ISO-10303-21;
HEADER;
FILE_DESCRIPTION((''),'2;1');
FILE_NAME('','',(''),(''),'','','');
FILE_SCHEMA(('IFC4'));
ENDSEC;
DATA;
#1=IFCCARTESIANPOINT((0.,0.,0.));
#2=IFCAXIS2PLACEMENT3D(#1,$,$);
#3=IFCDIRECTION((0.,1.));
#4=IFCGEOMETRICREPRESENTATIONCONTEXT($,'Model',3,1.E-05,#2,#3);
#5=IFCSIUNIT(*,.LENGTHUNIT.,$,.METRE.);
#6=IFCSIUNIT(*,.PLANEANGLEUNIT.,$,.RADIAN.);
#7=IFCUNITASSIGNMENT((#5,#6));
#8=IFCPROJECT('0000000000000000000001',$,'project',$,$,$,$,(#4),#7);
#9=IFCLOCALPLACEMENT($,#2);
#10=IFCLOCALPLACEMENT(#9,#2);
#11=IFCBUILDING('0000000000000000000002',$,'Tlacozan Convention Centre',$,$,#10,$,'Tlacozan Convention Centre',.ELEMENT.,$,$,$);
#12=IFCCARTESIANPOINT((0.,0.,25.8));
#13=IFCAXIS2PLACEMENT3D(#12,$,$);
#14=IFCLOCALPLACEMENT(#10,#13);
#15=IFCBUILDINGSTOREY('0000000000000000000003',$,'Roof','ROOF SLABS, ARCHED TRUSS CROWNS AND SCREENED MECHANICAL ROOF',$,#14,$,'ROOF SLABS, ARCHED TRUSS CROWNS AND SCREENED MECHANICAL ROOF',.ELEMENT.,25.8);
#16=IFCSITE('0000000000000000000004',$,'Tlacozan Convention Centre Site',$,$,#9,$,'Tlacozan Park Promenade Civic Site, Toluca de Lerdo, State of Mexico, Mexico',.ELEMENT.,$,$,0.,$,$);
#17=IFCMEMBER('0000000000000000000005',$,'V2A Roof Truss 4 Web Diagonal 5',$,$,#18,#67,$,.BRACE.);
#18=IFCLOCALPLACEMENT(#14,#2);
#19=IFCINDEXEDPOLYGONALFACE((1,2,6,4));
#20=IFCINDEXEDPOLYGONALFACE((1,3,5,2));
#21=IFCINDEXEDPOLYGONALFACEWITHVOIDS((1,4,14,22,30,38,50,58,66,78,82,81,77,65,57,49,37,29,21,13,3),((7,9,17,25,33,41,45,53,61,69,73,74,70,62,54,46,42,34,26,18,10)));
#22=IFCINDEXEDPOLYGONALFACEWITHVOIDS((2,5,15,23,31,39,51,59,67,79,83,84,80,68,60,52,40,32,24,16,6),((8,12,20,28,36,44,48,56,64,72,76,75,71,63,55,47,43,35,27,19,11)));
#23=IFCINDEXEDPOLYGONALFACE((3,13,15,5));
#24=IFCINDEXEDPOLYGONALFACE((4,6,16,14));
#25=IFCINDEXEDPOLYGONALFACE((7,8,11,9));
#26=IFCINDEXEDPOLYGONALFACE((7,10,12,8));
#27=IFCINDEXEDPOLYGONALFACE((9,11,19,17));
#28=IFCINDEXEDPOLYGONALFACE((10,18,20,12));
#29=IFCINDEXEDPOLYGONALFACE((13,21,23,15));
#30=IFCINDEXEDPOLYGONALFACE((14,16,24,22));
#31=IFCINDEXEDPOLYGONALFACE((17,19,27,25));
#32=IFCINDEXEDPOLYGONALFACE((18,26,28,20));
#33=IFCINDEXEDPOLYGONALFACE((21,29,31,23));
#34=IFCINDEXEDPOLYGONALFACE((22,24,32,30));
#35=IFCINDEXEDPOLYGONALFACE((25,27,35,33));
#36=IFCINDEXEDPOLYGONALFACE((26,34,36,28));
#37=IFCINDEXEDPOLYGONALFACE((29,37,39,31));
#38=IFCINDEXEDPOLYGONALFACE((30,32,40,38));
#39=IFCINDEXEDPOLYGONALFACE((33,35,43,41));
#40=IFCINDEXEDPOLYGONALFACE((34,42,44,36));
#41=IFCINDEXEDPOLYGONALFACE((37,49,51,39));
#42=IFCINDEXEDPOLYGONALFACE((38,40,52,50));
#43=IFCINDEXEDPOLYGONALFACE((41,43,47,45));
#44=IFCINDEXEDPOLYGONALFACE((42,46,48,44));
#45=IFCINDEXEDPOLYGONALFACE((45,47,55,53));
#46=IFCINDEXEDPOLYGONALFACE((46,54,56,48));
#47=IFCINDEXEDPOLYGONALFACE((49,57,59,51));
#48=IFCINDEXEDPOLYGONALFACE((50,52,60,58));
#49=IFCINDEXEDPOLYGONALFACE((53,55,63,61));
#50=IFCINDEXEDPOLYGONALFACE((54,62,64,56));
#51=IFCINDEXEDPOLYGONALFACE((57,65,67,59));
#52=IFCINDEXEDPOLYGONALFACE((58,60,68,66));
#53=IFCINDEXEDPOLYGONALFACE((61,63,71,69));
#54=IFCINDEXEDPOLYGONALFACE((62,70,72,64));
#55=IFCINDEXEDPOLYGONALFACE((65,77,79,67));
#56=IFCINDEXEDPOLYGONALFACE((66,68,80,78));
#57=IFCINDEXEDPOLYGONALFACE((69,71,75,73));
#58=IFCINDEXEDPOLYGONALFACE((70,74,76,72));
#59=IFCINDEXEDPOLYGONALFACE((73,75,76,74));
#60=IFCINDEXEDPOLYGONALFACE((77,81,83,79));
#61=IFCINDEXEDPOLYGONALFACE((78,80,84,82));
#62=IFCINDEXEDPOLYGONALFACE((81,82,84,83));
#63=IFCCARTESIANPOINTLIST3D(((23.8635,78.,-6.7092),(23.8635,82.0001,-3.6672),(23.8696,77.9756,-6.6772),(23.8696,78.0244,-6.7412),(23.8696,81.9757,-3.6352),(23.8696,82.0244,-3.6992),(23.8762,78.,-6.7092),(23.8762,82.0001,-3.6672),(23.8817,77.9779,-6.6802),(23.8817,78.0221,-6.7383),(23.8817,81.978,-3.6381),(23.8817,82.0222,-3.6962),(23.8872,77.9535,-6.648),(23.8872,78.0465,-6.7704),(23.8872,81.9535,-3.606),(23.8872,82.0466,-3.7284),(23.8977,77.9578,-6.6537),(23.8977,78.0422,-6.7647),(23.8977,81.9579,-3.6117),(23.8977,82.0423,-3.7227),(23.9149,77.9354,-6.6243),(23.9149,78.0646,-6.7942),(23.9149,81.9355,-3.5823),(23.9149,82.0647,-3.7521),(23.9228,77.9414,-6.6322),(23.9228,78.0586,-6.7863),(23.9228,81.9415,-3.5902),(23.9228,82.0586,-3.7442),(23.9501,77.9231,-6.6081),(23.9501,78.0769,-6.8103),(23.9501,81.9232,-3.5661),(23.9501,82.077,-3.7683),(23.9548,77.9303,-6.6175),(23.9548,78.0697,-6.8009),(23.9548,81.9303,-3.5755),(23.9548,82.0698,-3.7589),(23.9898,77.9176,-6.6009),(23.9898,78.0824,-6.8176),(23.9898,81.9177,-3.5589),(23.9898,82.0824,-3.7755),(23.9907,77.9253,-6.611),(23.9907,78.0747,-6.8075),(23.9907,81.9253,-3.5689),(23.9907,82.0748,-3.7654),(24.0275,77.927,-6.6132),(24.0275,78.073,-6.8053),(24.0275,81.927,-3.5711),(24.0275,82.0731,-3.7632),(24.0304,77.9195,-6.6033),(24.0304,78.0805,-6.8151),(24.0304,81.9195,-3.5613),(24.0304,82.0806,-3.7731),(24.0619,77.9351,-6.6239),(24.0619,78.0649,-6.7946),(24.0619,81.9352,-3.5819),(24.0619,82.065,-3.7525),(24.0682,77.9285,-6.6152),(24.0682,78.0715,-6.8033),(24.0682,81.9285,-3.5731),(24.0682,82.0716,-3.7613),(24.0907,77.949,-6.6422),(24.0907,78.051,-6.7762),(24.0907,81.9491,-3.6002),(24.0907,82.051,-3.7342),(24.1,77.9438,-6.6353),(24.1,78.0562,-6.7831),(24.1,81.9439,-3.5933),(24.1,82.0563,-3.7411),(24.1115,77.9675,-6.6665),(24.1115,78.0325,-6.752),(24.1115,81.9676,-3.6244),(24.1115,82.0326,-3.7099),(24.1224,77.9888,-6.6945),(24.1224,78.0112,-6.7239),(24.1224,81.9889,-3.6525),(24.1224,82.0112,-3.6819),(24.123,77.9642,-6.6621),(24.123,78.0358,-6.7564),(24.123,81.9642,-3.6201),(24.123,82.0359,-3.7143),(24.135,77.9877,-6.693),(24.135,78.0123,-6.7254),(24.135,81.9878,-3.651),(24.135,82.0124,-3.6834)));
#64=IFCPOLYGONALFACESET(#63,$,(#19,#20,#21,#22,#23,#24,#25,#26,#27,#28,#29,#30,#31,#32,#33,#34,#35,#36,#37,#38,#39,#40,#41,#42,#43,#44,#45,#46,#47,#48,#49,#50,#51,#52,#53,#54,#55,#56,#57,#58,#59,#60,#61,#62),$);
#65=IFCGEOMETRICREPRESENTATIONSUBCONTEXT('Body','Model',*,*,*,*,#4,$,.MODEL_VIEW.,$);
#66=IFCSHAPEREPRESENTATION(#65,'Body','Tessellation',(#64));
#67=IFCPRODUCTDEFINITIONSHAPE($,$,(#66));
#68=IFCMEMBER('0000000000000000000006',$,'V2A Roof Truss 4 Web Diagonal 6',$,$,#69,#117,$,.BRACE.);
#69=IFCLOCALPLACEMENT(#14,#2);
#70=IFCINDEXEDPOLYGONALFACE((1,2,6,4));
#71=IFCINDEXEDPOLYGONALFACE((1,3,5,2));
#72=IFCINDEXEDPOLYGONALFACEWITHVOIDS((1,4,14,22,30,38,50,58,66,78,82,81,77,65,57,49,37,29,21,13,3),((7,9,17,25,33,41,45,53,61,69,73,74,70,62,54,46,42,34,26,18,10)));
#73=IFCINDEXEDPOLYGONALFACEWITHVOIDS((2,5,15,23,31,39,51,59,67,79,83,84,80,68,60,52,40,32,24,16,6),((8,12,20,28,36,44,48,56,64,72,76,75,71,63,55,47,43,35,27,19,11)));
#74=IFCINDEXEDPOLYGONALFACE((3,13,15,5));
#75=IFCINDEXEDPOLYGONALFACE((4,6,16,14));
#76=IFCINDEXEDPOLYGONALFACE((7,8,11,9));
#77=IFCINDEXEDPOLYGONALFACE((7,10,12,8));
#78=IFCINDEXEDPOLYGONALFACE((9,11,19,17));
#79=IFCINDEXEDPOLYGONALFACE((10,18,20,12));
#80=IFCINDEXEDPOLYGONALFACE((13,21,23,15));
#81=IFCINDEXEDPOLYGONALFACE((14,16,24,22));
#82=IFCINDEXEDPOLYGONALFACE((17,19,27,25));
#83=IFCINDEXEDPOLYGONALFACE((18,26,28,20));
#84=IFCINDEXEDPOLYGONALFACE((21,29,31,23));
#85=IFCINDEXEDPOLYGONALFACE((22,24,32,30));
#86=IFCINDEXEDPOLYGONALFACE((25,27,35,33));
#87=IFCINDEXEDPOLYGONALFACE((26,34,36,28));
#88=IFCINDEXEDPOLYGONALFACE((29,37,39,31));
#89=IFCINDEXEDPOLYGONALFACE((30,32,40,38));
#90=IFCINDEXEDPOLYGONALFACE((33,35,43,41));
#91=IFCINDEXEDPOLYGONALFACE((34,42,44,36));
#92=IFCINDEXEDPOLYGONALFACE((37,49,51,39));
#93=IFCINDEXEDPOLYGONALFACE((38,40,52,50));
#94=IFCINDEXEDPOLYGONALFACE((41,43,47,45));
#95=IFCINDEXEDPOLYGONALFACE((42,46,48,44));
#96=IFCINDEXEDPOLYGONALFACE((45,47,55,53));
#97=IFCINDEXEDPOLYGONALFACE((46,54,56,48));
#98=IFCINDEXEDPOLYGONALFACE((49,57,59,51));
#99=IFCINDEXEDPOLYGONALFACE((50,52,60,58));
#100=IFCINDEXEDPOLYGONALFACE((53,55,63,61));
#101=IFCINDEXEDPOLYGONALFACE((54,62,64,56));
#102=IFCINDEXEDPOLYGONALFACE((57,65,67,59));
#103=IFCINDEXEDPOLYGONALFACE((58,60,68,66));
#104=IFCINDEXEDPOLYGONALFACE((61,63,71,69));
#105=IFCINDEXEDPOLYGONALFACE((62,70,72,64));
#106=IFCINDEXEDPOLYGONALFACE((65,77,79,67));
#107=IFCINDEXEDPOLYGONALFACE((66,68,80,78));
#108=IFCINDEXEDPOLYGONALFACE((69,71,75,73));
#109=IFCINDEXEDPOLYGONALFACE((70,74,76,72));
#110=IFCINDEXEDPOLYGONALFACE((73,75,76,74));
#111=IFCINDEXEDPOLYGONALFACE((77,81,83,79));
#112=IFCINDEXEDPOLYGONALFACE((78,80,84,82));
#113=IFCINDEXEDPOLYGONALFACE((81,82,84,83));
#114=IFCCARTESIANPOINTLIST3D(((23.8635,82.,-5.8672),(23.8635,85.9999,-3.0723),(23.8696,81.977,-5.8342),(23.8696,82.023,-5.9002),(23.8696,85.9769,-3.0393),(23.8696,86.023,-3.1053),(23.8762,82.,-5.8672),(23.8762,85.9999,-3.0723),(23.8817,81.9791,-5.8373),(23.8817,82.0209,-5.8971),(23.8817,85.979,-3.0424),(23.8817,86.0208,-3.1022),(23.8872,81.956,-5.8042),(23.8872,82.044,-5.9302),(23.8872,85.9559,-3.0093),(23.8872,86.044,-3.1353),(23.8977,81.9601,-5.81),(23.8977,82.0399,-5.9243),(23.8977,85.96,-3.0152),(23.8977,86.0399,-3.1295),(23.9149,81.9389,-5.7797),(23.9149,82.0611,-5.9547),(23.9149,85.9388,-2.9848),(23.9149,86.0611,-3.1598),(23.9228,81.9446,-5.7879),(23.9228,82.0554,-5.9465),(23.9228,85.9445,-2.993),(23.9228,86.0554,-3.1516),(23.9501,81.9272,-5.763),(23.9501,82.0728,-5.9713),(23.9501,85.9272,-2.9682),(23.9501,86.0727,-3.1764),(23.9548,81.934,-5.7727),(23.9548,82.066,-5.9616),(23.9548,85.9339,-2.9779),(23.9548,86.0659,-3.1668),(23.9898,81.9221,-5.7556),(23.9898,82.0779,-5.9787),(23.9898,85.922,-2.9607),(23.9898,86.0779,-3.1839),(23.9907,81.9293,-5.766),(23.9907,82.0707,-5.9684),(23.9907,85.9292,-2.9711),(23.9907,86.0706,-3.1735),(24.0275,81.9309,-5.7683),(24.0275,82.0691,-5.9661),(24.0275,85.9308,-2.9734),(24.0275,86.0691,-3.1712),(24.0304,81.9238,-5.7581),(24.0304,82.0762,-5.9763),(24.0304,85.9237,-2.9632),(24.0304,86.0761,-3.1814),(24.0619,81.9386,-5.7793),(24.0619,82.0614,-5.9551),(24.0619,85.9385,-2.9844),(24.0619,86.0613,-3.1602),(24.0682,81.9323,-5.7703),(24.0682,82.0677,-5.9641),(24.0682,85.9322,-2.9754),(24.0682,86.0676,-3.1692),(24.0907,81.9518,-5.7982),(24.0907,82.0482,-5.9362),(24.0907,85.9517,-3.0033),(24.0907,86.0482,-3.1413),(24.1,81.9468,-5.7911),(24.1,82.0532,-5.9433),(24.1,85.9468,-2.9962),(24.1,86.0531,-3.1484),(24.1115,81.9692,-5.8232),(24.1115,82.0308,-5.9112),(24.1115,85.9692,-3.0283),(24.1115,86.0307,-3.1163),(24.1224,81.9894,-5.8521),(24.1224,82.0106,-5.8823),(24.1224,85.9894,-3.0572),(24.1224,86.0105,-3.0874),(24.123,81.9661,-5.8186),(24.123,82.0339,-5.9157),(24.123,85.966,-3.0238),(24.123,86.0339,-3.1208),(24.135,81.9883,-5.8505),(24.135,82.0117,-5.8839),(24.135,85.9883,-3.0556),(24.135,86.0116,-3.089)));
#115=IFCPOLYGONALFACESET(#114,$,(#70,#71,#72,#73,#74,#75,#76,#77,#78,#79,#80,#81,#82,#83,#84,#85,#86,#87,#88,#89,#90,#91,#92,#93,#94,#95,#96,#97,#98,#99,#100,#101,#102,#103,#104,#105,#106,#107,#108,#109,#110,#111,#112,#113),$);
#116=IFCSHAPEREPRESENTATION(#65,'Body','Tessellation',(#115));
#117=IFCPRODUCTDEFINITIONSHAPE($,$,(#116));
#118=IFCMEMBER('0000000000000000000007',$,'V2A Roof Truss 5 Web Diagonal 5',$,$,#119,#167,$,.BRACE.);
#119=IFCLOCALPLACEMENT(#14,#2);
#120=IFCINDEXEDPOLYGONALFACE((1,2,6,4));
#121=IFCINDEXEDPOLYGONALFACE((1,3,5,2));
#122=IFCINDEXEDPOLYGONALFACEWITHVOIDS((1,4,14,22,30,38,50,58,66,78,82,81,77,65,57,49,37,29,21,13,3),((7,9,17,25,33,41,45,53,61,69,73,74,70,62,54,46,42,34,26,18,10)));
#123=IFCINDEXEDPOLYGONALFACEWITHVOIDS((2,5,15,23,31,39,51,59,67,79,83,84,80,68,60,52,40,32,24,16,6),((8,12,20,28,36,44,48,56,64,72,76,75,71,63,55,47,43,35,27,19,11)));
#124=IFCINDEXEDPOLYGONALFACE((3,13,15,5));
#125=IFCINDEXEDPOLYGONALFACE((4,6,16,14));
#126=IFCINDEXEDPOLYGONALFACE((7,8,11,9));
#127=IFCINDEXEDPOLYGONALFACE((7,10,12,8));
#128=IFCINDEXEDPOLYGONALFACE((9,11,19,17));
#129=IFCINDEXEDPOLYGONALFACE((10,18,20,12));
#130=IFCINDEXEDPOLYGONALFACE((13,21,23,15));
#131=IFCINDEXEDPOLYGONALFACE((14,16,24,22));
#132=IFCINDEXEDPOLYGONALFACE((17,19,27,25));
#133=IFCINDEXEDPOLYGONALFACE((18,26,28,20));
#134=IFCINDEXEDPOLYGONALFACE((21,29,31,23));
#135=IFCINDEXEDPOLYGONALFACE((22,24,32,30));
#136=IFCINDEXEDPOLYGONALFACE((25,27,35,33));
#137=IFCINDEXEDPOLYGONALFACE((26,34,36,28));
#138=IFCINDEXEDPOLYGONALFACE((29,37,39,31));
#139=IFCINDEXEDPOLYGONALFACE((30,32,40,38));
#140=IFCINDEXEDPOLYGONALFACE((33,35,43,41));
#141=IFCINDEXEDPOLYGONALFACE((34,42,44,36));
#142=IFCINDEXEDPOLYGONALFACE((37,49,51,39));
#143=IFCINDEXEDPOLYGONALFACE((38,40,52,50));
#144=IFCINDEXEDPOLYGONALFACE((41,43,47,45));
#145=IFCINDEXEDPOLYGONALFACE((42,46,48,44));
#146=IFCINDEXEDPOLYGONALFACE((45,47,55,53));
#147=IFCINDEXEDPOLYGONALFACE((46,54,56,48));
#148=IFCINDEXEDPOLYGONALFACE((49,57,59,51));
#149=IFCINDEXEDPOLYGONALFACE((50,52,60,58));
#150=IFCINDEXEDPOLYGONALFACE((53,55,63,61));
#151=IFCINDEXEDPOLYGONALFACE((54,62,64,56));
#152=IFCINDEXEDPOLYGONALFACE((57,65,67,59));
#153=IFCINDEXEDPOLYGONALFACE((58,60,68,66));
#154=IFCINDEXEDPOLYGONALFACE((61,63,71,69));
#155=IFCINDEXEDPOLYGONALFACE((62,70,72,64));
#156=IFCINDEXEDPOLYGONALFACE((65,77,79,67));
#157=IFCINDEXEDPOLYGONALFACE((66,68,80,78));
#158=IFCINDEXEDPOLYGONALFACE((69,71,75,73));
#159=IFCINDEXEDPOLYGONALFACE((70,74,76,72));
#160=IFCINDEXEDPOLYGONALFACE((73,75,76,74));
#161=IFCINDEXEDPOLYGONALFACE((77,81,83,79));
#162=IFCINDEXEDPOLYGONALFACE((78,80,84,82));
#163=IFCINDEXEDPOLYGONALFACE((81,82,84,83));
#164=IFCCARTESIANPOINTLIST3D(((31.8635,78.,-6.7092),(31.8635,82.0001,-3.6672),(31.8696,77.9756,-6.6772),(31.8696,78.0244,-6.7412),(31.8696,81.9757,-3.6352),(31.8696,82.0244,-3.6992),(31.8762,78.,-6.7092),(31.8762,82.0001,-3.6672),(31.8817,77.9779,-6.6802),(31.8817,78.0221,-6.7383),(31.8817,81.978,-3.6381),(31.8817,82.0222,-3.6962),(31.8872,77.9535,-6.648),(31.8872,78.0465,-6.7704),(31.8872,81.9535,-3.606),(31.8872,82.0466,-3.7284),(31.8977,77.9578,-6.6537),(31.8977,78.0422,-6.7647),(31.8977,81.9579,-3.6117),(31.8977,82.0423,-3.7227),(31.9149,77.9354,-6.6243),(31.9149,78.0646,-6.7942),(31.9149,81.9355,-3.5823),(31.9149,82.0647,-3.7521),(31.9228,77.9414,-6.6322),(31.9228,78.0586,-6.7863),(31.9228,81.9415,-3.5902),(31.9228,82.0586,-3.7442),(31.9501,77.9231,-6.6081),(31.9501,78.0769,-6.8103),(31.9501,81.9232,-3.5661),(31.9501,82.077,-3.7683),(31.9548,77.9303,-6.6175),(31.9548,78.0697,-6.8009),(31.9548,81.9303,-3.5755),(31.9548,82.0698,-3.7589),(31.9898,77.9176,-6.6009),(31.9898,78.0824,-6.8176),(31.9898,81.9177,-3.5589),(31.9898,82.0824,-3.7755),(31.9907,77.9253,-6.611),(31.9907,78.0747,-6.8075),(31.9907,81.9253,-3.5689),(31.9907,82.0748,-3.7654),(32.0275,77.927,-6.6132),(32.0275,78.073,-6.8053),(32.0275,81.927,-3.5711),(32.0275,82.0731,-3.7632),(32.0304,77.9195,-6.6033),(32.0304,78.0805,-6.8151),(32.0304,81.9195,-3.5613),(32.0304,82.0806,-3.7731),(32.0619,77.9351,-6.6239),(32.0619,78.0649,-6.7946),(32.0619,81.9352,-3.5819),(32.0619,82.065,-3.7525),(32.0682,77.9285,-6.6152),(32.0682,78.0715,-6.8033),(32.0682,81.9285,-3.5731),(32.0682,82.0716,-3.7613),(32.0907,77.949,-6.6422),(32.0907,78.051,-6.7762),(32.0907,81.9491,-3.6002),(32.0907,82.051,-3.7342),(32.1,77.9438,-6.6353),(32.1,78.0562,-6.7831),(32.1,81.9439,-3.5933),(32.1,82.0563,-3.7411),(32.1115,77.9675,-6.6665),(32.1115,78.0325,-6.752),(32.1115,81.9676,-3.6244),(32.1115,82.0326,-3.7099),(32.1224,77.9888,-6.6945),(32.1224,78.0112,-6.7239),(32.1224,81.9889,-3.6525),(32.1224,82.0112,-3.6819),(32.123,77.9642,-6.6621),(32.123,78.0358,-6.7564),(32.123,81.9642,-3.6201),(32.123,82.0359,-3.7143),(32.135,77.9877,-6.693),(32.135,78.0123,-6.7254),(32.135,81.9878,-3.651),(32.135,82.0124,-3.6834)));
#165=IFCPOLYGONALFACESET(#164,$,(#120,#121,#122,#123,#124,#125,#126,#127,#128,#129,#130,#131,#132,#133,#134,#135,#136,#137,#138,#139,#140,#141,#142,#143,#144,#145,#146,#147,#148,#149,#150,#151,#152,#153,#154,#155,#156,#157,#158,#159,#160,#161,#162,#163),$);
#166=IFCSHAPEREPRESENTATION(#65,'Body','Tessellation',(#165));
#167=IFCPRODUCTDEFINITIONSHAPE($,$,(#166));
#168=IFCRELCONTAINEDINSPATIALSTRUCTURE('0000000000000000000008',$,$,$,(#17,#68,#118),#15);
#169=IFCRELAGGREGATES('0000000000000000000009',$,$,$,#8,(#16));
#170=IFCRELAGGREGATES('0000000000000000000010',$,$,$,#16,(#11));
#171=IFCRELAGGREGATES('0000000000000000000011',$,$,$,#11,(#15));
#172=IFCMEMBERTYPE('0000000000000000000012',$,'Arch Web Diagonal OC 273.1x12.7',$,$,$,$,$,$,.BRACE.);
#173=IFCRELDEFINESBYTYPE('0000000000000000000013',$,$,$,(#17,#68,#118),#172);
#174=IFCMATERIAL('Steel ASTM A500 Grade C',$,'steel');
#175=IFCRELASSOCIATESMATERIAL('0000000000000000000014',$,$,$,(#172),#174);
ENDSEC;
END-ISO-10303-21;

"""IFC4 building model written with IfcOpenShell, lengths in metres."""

from ifc_helpers import new_model, si_unit, direction, frame, origin, origin_2d, place, context, subcontext, project, spatial, hollow_circle, extrude, material, material_profile, profile_set, type_object, element, save


model = new_model("IFC4")

# Units and contexts
model_context = context("Model", 3, precision=1e-05, world=origin(), true_north=direction((0.0, 1.0)))
body_context = subcontext(model_context, "Body", "Model", "MODEL_VIEW")
ifc_project = project(units=[si_unit("LENGTHUNIT", "METRE"), si_unit("PLANEANGLEUNIT", "RADIAN")], contexts=[model_context])

# Site, building, storey
site_placement = place(None, origin())
site = spatial("IfcSite", under=ifc_project, at=site_placement, Name="Tlacozan Convention Centre Site", LongName="Tlacozan Park Promenade Civic Site, Toluca de Lerdo, State of Mexico, Mexico", CompositionType="ELEMENT", RefElevation=0.0)
building_placement = place(site_placement, origin())
building = spatial("IfcBuilding", under=site, at=building_placement, Name="Tlacozan Convention Centre", LongName="Tlacozan Convention Centre", CompositionType="ELEMENT")
storey_placement = place(building_placement, frame((0.0, 0.0, 25.8)))
storey = spatial("IfcBuildingStorey", under=building, at=storey_placement, Name="Roof", Description="ROOF SLABS, ARCHED TRUSS CROWNS AND SCREENED MECHANICAL ROOF", LongName="ROOF SLABS, ARCHED TRUSS CROWNS AND SCREENED MECHANICAL ROOF", CompositionType="ELEMENT", Elevation=25.8)

# Members
ifc_material_1 = material(Name="Steel ASTM A500 Grade C", Category="steel")
ifc_material_profile_1 = material_profile(ifc_material_1, hollow_circle(Radius=0.1365, WallThickness=0.0127, at=origin_2d()), Name="OC 273.1x12.7")
ifc_profile_set_1 = profile_set([ifc_material_profile_1], Name="Steel ASTM A500 Grade C")
member_type_1 = type_object("IfcMemberType", Name="Arch Web Diagonal OC 273.1x12.7", PredefinedType="BRACE", material=ifc_profile_set_1)
member_1_placement = place(storey_placement, frame((24.0, 78.0, -6.7092), z_axis=(0.0, 0.795971, 0.605335), x_axis=(-1.0, 0.0, 0.0)))
element("IfcMember", 1, at=member_1_placement, inside=storey, type_object=member_type_1, Name="V2A Roof Truss 4 Web Diagonal 5", PredefinedType="BRACE", context=body_context, shape_type="SweptSolid", body=[
    extrude(hollow_circle(Radius=0.1365, WallThickness=0.0127, at=origin_2d()), origin(), (0.0, 0.0, 1.0), 5.0254),
])
member_2_placement = place(storey_placement, frame((24.0, 82.0, -5.8672), z_axis=(0.0, 0.819721, 0.572764), x_axis=(-1.0, 0.0, 0.0)))
element("IfcMember", 2, at=member_2_placement, inside=storey, type_object=member_type_1, Name="V2A Roof Truss 4 Web Diagonal 6", PredefinedType="BRACE", context=body_context, shape_type="SweptSolid", body=[
    extrude(hollow_circle(Radius=0.1365, WallThickness=0.0127, at=origin_2d()), origin(), (0.0, 0.0, 1.0), 4.8796),
])
member_3_placement = place(storey_placement, frame((32.0, 78.0, -6.7092), z_axis=(0.0, 0.795971, 0.605335), x_axis=(-1.0, 0.0, 0.0)))
element("IfcMember", 3, at=member_3_placement, inside=storey, type_object=member_type_1, Name="V2A Roof Truss 5 Web Diagonal 5", PredefinedType="BRACE", context=body_context, shape_type="SweptSolid", body=[
    extrude(hollow_circle(Radius=0.1365, WallThickness=0.0127, at=origin_2d()), origin(), (0.0, 0.0, 1.0), 5.0254),
])

save(model, "model.ifc")
